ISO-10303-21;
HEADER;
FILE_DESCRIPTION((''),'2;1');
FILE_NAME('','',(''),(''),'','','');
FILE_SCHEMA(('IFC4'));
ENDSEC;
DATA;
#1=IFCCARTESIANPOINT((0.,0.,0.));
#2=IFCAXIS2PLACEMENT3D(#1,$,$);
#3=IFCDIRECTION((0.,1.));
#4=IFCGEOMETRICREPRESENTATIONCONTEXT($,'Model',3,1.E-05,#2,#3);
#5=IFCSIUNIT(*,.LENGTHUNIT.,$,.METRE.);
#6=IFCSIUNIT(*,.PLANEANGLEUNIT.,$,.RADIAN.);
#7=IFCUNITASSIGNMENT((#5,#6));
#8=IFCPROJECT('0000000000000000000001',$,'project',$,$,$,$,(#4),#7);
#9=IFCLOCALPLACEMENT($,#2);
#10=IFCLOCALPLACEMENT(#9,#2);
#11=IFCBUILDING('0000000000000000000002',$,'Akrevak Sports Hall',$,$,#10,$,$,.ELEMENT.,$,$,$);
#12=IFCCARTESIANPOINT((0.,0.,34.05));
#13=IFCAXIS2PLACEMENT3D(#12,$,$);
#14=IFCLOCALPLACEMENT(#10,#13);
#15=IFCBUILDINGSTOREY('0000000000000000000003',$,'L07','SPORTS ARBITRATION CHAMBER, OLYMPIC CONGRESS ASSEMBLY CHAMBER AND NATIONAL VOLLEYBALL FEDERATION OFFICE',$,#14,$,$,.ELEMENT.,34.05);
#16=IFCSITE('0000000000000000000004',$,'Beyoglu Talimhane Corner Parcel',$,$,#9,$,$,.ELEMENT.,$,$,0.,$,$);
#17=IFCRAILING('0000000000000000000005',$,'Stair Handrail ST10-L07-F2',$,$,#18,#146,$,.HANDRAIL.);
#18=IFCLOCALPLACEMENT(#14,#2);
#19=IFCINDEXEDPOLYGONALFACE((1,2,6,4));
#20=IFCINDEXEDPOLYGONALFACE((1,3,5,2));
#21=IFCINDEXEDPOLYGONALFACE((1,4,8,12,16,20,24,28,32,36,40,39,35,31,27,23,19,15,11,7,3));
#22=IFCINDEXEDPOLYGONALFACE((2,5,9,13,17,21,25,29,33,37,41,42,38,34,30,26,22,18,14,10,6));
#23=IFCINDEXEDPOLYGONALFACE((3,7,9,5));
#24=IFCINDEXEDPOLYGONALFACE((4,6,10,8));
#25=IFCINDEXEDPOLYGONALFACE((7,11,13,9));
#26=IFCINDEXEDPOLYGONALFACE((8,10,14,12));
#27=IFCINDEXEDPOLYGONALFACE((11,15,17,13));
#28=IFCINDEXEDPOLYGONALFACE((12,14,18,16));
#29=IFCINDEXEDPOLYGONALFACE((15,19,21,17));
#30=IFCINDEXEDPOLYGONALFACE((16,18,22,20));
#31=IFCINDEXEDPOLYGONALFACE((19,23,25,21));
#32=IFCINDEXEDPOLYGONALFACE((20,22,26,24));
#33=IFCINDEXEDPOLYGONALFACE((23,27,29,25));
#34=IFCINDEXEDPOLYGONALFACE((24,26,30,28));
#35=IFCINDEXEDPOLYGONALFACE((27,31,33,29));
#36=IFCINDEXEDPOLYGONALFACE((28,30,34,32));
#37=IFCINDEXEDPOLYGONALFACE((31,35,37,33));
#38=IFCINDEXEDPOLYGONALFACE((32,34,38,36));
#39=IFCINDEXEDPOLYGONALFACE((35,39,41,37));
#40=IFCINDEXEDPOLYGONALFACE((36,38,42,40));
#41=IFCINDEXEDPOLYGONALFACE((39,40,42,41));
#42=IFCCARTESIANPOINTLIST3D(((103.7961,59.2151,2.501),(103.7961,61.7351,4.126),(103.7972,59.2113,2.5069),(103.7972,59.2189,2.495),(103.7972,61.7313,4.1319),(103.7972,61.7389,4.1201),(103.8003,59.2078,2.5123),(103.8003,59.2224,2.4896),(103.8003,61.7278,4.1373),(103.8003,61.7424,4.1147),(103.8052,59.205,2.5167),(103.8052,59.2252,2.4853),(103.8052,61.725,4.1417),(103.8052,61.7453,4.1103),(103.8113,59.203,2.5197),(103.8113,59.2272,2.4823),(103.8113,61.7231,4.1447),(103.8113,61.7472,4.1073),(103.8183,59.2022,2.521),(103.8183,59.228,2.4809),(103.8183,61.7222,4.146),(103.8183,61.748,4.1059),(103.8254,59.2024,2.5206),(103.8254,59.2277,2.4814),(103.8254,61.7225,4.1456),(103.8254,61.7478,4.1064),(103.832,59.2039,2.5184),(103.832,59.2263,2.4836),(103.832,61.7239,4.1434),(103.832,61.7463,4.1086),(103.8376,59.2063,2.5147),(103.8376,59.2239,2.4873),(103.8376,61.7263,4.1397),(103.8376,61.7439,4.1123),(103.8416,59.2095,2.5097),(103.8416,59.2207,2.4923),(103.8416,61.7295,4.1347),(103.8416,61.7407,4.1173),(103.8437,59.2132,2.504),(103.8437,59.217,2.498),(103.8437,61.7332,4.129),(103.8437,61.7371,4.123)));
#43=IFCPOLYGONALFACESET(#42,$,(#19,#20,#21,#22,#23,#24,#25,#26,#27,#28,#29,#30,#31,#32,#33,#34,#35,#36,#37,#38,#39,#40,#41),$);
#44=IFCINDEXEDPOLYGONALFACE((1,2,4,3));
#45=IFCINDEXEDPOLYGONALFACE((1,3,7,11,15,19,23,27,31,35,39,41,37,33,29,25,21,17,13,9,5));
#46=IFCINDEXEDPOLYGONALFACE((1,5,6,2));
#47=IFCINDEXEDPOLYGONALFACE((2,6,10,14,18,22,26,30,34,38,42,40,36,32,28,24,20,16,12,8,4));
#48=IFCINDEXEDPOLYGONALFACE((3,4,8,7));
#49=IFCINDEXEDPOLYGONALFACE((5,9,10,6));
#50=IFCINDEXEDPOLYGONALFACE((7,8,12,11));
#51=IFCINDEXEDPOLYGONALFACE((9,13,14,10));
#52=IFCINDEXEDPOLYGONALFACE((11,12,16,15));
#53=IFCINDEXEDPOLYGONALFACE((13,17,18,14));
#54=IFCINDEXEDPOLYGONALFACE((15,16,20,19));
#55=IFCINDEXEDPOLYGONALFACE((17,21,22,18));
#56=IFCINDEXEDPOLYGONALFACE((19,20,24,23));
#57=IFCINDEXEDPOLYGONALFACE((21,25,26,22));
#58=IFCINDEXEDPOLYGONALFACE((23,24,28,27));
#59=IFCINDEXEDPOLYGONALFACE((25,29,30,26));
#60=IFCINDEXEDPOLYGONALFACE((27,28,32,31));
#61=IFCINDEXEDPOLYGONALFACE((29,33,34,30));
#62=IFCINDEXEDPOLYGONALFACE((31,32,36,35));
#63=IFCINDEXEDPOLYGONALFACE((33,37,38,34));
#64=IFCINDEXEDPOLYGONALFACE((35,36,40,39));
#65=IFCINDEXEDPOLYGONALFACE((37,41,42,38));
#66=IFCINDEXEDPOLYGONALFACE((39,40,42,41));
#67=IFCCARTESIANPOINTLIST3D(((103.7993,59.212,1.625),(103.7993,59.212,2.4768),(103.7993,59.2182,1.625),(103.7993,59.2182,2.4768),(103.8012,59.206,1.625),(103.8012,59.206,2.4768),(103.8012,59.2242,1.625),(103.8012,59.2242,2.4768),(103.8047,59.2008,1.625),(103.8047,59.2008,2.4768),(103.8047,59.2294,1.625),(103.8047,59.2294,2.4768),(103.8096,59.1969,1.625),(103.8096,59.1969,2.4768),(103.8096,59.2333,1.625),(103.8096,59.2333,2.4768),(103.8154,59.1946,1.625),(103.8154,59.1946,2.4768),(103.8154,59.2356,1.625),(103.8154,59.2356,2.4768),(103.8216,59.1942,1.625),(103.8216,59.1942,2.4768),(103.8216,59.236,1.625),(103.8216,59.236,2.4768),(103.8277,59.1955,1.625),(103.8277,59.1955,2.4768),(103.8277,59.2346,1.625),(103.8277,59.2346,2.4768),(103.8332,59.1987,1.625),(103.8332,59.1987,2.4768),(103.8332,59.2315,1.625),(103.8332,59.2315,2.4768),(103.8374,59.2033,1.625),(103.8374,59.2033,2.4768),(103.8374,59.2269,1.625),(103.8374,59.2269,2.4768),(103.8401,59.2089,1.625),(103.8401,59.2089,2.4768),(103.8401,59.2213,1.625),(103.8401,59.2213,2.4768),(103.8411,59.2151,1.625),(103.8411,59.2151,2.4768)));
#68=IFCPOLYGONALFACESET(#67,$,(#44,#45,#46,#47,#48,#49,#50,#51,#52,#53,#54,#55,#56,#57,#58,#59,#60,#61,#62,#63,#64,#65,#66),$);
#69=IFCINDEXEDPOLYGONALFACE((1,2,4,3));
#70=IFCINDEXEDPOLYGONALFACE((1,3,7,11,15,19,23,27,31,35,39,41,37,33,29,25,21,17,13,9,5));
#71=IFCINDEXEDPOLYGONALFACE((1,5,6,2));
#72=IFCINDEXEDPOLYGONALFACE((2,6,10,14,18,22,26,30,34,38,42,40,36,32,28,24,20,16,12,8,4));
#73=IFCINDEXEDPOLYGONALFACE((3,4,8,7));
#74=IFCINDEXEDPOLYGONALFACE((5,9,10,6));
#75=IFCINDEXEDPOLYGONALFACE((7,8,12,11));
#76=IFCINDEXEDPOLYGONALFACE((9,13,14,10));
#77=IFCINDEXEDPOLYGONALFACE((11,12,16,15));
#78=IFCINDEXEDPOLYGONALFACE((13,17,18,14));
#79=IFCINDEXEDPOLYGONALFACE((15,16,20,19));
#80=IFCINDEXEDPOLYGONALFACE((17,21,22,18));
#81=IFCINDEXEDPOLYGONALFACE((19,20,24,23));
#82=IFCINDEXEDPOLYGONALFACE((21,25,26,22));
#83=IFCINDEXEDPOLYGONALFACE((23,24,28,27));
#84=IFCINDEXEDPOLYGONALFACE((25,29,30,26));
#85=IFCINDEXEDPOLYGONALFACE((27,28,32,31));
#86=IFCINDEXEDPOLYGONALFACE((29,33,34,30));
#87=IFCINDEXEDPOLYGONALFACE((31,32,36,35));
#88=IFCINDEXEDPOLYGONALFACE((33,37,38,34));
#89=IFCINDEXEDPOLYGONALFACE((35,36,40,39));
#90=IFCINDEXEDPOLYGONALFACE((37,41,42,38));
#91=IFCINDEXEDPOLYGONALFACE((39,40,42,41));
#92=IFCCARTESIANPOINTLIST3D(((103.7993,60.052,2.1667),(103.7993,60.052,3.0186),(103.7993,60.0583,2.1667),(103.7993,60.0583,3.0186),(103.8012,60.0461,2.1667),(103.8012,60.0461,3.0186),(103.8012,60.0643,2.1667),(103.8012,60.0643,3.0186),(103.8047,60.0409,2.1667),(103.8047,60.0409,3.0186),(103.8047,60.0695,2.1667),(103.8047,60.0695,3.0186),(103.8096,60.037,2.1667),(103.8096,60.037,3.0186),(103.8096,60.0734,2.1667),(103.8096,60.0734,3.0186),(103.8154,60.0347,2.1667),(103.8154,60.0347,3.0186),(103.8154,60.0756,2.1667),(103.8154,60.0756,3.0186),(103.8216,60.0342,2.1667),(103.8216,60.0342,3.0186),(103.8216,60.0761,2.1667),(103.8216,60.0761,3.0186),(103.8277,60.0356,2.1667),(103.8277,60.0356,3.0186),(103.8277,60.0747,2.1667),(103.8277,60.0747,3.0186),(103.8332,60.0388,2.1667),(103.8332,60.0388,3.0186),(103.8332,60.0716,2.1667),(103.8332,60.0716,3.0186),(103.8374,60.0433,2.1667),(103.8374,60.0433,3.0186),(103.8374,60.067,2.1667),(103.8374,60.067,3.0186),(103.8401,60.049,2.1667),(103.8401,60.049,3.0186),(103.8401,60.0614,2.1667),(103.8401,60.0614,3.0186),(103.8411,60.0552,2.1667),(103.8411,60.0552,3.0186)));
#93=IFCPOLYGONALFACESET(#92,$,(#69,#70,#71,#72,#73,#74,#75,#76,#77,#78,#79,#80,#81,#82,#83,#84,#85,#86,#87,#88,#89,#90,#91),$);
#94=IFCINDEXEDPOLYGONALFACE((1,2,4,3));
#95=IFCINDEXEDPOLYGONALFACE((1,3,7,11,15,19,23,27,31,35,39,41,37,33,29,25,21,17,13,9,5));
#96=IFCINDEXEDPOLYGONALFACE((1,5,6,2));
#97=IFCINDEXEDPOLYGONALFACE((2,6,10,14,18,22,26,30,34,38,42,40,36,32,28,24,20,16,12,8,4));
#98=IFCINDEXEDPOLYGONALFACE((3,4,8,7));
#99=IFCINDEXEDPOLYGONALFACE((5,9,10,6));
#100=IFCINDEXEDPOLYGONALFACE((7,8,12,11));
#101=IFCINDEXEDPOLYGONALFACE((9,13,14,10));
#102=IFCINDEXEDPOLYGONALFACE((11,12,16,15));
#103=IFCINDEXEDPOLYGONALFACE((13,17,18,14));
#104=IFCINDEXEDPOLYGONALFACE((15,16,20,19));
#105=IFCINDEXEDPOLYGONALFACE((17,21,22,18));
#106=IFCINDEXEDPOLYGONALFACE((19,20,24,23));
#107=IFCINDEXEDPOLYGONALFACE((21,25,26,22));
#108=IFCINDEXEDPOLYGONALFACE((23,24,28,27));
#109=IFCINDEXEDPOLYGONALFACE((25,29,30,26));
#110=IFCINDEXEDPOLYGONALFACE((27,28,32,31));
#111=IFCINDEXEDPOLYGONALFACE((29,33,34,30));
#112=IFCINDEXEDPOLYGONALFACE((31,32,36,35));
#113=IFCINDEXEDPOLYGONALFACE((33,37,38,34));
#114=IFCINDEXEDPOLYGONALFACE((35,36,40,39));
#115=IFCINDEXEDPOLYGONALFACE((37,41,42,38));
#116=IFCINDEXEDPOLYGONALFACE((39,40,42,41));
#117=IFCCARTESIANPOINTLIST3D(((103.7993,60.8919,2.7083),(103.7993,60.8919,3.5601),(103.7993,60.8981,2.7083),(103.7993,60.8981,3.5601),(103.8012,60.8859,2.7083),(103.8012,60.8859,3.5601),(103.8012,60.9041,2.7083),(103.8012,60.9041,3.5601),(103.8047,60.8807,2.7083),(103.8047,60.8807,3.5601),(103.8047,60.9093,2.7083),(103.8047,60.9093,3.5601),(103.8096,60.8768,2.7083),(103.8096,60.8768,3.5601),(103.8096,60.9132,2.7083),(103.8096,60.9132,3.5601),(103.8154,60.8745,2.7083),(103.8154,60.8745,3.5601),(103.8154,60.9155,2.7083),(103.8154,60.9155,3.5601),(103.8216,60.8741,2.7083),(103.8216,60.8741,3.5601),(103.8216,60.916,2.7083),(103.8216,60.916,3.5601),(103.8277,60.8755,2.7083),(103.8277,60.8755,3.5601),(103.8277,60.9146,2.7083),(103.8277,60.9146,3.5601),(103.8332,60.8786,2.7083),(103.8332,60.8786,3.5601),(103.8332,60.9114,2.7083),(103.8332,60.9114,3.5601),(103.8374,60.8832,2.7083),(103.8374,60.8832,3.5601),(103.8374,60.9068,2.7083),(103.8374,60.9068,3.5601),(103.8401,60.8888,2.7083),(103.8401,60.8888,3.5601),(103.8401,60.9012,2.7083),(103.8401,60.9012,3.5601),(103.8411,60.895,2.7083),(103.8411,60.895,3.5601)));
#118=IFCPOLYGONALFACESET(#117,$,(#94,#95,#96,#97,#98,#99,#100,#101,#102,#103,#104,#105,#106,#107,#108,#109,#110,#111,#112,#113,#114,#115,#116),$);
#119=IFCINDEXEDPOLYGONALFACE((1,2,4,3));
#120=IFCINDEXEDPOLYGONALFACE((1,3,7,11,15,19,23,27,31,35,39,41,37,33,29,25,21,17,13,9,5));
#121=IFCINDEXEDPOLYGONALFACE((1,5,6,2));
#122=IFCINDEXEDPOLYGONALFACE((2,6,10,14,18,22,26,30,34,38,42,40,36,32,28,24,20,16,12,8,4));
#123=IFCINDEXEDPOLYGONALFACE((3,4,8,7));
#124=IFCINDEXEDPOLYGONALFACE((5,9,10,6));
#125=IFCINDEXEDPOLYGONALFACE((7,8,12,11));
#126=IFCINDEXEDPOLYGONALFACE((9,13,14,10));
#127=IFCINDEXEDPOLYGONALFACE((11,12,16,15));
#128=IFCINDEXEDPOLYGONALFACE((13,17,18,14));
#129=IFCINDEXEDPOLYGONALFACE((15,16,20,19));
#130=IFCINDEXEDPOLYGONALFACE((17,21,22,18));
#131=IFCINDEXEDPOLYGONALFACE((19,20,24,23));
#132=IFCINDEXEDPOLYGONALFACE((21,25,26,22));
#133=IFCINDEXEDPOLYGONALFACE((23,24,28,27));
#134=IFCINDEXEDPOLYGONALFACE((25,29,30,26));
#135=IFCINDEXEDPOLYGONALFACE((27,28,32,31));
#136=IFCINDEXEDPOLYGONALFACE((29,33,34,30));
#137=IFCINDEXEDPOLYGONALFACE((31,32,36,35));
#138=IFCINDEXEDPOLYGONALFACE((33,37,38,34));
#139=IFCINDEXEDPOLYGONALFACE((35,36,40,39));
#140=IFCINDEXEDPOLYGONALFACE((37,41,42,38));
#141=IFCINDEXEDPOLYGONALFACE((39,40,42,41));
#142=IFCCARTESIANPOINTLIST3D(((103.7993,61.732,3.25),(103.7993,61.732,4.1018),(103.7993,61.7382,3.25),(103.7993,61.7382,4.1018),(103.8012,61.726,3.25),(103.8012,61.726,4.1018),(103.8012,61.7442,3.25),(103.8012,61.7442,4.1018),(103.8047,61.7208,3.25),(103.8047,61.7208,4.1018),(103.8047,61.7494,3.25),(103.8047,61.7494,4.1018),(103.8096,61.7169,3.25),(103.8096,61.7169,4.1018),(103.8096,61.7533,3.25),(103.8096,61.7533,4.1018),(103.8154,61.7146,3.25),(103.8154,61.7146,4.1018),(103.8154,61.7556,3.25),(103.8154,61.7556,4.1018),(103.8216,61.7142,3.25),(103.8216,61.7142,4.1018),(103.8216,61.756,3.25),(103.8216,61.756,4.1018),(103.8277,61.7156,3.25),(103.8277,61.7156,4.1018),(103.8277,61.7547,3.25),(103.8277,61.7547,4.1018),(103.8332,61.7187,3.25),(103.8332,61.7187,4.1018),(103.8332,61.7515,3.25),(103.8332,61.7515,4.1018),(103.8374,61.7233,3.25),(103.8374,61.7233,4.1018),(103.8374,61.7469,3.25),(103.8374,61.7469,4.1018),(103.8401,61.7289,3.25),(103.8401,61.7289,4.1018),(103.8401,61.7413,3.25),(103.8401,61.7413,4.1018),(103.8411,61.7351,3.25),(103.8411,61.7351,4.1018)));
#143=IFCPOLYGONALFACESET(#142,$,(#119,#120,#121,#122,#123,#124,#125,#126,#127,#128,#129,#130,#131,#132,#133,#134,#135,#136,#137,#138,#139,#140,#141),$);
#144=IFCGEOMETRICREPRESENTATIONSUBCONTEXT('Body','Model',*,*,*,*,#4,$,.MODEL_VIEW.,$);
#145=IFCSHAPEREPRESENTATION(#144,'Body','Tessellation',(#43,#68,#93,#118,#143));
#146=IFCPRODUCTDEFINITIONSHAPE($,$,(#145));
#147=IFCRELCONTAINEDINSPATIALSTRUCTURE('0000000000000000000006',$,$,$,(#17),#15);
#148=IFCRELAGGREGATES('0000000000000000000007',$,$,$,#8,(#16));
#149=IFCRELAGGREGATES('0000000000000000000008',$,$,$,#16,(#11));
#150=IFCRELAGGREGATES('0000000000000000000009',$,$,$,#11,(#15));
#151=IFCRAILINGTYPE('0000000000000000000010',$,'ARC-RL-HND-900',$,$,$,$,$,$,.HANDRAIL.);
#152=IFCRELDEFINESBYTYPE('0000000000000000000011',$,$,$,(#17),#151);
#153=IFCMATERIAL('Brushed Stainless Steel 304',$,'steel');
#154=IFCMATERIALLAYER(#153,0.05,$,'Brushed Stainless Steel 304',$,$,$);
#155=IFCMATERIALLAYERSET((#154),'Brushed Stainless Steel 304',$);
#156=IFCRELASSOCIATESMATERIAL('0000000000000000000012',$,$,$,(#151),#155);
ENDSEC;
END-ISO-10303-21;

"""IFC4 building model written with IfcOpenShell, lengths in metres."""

from ifc_helpers import new_model, si_unit, direction, frame, origin, origin_2d, place, context, subcontext, project, spatial, circle, extrude, material, layer, layer_set, type_object, element, save


model = new_model("IFC4")

# Units and contexts
model_context = context("Model", 3, precision=1e-05, world=origin(), true_north=direction((0.0, 1.0)))
body_context = subcontext(model_context, "Body", "Model", "MODEL_VIEW")
ifc_project = project(units=[si_unit("LENGTHUNIT", "METRE"), si_unit("PLANEANGLEUNIT", "RADIAN")], contexts=[model_context])

# Site, building, storey
site_placement = place(None, origin())
site = spatial("IfcSite", under=ifc_project, at=site_placement, Name="Beyoglu Talimhane Corner Parcel", CompositionType="ELEMENT", RefElevation=0.0)
building_placement = place(site_placement, origin())
building = spatial("IfcBuilding", under=site, at=building_placement, Name="Akrevak Sports Hall", CompositionType="ELEMENT")
storey_placement = place(building_placement, frame((0.0, 0.0, 34.05)))
storey = spatial("IfcBuildingStorey", under=building, at=storey_placement, Name="L07", Description="SPORTS ARBITRATION CHAMBER, OLYMPIC CONGRESS ASSEMBLY CHAMBER AND NATIONAL VOLLEYBALL FEDERATION OFFICE", CompositionType="ELEMENT", Elevation=34.05)

# Railing
ifc_material_1 = material(Name="Brushed Stainless Steel 304", Category="steel")
ifc_layer_1 = layer(ifc_material_1, 0.05, Name="Brushed Stainless Steel 304")
ifc_layer_set_1 = layer_set([ifc_layer_1], Name="Brushed Stainless Steel 304")
railing_type_1 = type_object("IfcRailingType", Name="ARC-RL-HND-900", PredefinedType="HANDRAIL", material=ifc_layer_set_1)
for number, where, name in (
    (1, (103.8201, 59.2151, 1.625), "Stair Handrail ST10-L07-F2"),
):
    element("IfcRailing", number, at=place(storey_placement, frame(where)), inside=storey, type_object=railing_type_1, Name=name, PredefinedType="HANDRAIL", context=body_context, shape_type="SweptSolid", body=[
        extrude(circle(Radius=0.0239, at=origin_2d()), frame((0.0, 0.0, 0.876), z_axis=(0.0, 0.840421, 0.541934), x_axis=(-1.0, 0.0, 0.0)), (0.0, 0.0, 1.0), 2.9985),
        extrude(circle(Radius=0.021, at=origin_2d()), origin(), (0.0, 0.0, 1.0), 0.8518),
        extrude(circle(Radius=0.021, at=origin_2d()), frame((0.0, 0.8401, 0.5417)), (0.0, 0.0, 1.0), 0.8518),
        extrude(circle(Radius=0.021, at=origin_2d()), frame((0.0, 1.6799, 1.0833)), (0.0, 0.0, 1.0), 0.8518),
        extrude(circle(Radius=0.021, at=origin_2d()), frame((0.0, 2.52, 1.625)), (0.0, 0.0, 1.0), 0.8518),
    ])

save(model, "model.ifc")
